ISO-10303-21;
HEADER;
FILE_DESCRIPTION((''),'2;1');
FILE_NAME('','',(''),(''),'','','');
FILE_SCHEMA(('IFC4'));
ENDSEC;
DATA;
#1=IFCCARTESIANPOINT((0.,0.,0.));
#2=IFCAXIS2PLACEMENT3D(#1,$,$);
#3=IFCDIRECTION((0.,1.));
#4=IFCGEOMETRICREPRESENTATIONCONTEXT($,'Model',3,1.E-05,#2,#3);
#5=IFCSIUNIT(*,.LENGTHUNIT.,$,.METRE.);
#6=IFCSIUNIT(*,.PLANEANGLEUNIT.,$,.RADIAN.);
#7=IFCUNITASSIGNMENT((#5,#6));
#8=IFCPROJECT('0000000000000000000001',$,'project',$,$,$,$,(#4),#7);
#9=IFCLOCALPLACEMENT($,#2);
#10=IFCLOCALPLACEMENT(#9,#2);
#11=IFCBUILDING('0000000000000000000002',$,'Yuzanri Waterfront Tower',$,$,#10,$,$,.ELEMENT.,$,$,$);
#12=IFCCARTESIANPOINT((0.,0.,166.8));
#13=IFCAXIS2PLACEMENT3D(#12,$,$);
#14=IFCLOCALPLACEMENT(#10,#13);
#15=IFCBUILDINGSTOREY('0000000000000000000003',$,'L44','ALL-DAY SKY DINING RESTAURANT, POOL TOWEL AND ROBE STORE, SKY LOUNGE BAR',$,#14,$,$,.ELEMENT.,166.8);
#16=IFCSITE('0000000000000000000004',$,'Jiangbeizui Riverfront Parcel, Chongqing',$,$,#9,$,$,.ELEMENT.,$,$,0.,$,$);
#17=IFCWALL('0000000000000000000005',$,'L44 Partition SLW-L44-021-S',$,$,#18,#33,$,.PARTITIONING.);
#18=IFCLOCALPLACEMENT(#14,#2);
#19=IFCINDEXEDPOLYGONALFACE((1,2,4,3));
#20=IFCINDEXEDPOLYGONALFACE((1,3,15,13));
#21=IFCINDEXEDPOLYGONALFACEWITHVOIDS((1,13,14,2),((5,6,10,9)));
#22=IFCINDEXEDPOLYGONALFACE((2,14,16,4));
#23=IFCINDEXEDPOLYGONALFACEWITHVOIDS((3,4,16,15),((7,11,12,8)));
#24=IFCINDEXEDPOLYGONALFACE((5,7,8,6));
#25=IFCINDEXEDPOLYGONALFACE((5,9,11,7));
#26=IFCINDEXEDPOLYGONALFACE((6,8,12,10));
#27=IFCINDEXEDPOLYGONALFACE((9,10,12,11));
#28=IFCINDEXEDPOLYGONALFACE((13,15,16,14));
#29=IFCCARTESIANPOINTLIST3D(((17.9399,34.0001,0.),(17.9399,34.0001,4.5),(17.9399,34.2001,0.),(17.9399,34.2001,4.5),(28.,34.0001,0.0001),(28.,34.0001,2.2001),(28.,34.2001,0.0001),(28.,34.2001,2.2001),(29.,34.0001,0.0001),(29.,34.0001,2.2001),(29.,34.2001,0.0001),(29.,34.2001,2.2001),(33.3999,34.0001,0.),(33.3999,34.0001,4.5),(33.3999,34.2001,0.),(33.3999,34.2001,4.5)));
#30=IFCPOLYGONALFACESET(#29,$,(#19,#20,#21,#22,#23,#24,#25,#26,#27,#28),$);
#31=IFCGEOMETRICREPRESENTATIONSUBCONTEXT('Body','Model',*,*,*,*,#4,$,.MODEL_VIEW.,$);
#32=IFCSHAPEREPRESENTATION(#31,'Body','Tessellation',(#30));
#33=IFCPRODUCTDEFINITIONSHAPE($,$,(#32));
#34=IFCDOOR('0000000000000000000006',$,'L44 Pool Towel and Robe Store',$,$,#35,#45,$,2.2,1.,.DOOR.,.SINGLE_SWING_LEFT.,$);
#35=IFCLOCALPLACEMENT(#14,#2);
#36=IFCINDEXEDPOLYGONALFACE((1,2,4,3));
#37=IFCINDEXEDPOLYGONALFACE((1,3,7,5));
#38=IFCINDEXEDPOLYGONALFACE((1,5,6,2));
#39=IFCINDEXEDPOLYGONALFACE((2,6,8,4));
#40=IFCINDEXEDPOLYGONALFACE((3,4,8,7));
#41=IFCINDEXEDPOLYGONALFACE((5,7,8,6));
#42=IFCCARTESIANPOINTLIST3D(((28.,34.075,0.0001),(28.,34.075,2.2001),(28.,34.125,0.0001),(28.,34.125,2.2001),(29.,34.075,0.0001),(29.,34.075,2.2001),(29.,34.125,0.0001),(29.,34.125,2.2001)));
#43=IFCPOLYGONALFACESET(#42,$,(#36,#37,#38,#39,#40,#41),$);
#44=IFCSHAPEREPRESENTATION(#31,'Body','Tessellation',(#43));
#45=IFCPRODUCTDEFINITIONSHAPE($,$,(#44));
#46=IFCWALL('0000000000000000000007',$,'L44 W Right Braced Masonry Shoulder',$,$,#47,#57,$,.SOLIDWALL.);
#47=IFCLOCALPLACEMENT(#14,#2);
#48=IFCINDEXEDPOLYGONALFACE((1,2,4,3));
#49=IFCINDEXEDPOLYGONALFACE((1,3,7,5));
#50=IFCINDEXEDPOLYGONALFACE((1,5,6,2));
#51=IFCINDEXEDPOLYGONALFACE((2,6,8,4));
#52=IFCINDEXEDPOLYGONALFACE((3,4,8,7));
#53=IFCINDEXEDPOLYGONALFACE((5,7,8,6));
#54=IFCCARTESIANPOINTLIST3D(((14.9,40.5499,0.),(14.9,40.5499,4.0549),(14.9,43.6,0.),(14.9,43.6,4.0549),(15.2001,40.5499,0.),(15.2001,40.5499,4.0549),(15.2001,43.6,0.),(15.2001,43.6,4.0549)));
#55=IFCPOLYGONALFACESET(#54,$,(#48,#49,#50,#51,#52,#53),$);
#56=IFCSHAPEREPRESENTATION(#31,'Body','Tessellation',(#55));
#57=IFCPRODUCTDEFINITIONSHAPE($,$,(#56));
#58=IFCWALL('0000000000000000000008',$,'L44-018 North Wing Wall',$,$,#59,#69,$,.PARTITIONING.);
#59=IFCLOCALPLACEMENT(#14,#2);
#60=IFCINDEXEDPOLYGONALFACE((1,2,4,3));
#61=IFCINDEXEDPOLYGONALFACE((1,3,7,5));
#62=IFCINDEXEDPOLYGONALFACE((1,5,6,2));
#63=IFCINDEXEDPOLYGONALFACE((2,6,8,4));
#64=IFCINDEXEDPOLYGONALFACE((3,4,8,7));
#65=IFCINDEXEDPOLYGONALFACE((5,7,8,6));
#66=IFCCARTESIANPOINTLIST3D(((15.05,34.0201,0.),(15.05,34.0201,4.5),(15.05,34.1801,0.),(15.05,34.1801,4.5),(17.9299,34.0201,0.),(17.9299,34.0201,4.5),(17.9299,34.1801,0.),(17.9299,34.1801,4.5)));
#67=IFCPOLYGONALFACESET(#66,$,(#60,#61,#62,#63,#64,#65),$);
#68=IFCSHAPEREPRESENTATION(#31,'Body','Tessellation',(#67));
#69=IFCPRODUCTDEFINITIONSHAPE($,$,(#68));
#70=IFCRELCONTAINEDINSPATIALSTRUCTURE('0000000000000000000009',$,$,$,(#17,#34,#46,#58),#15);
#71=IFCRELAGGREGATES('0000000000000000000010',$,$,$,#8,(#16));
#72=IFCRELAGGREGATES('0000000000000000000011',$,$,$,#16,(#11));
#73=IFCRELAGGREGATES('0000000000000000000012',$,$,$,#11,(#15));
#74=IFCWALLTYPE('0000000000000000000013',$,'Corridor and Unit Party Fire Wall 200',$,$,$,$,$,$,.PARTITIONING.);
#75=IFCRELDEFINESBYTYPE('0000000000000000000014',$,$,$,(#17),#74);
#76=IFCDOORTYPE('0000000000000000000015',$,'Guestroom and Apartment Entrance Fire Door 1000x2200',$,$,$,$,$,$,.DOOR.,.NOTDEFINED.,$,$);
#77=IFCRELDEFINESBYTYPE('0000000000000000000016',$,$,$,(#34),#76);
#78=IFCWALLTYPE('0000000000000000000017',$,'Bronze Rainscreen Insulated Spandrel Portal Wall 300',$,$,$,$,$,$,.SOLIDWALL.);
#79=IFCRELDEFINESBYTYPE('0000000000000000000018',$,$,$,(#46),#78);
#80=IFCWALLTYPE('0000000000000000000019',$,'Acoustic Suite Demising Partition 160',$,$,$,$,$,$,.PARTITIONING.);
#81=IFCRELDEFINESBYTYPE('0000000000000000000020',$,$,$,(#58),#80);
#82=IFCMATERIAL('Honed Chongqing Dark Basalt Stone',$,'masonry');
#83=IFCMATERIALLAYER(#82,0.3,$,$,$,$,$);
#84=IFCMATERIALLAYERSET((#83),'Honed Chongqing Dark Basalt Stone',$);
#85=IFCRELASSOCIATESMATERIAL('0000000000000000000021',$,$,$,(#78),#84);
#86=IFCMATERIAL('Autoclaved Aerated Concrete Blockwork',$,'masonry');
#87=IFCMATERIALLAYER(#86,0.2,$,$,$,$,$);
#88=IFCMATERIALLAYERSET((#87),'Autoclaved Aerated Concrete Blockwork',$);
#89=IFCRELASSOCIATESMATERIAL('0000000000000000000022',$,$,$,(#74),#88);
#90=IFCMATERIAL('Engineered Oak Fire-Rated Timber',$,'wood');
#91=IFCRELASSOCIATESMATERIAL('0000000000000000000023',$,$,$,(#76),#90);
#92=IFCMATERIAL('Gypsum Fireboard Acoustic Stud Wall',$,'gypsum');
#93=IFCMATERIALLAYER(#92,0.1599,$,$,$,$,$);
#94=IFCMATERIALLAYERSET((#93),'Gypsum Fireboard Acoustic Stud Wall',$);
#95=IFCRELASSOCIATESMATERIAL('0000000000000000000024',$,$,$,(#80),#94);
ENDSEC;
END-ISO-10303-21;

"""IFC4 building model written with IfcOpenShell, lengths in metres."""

from ifc_helpers import new_model, si_unit, direction, frame, frame_2d, origin, place, context, subcontext, project, spatial, rectangle, extrude, source, transform, mapped, material, layer, layer_set, type_object, element, fill, save


model = new_model("IFC4")

# Units and contexts
model_context = context("Model", 3, precision=1e-05, world=origin(), true_north=direction((0.0, 1.0)))
body_context = subcontext(model_context, "Body", "Model", "MODEL_VIEW")
ifc_project = project(units=[si_unit("LENGTHUNIT", "METRE"), si_unit("PLANEANGLEUNIT", "RADIAN")], contexts=[model_context])

# Site, building, storey
site_placement = place(None, origin())
site = spatial("IfcSite", under=ifc_project, at=site_placement, Name="Jiangbeizui Riverfront Parcel, Chongqing", CompositionType="ELEMENT", RefElevation=0.0)
building_placement = place(site_placement, origin())
building = spatial("IfcBuilding", under=site, at=building_placement, Name="Yuzanri Waterfront Tower", CompositionType="ELEMENT")
storey_placement = place(building_placement, frame((0.0, 0.0, 166.8)))
storey = spatial("IfcBuildingStorey", under=building, at=storey_placement, Name="L44", Description="ALL-DAY SKY DINING RESTAURANT, POOL TOWEL AND ROBE STORE, SKY LOUNGE BAR", CompositionType="ELEMENT", Elevation=166.8)

# Shared definitions
ifc_material_1 = material(Name="Honed Chongqing Dark Basalt Stone", Category="masonry")
ifc_layer_1 = layer(ifc_material_1, 0.3)
ifc_layer_set_1 = layer_set([ifc_layer_1], Name="Honed Chongqing Dark Basalt Stone")
wall_type_1 = type_object("IfcWallType", Name="Bronze Rainscreen Insulated Spandrel Portal Wall 300", PredefinedType="SOLIDWALL", material=ifc_layer_set_1)

# Wall, opening, door
ifc_material_2 = material(Name="Autoclaved Aerated Concrete Blockwork", Category="masonry")
ifc_layer_2 = layer(ifc_material_2, 0.2)
ifc_layer_set_2 = layer_set([ifc_layer_2], Name="Autoclaved Aerated Concrete Blockwork")
wall_type_2 = type_object("IfcWallType", Name="Corridor and Unit Party Fire Wall 200", PredefinedType="PARTITIONING", material=ifc_layer_set_2)
wall_1_placement = place(storey_placement, frame((17.9399, 34.1001, 0.0), z_axis=(0.0, 0.0, 1.0), x_axis=(1.0, 0.0, 0.0)))
wall_1 = element("IfcWall", 1, at=wall_1_placement, inside=storey, type_object=wall_type_2, Name="L44 Partition SLW-L44-021-S", PredefinedType="PARTITIONING", context=body_context, shape_type="SweptSolid", body=[
    extrude(rectangle(XDim=15.46, YDim=0.2, at=frame_2d((7.73, 0.0))), origin(), (0.0, 0.0, 1.0), 4.5),
])
opening_1_placement = place(wall_1_placement, frame((10.0601, 0.0, 0.0)))
opening_1 = element("IfcOpeningElement", 2, at=opening_1_placement, cuts=wall_1, PredefinedType="OPENING", context=body_context, shape_type="SweptSolid", body=[
    extrude(rectangle(XDim=1.0, YDim=2.2, at=frame_2d((0.5, 1.1001))), frame((0.0, 0.1147, 0.0), z_axis=(0.0, -1.0, 0.0), x_axis=(1.0, 0.0, 0.0)), (0.0, 0.0, 1.0), 0.2297),
])
ifc_material_3 = material(Name="Engineered Oak Fire-Rated Timber", Category="wood")
door_type = type_object("IfcDoorType", Name="Guestroom and Apartment Entrance Fire Door 1000x2200", OperationType="NOTDEFINED", PredefinedType="DOOR", material=ifc_material_3)
shared_shape_1 = source(origin(), body_context, "Body", "SweptSolid", [
    extrude(rectangle(XDim=1.0, YDim=2.2, at=frame_2d((0.5, 1.1001))), frame((0.0, 0.0249, 0.0), z_axis=(0.0, -1.0, 0.0), x_axis=(1.0, 0.0, 0.0)), (0.0, 0.0, 1.0), 0.05),
])
door_placement = place(opening_1_placement, origin())
door = element("IfcDoor", 3, at=door_placement, inside=storey, type_object=door_type, Name="L44 Pool Towel and Robe Store", OperationType="SINGLE_SWING_LEFT", OverallHeight=2.2, OverallWidth=1.0, PredefinedType="DOOR", context=body_context, shape_type="MappedRepresentation", body=[
    mapped(shared_shape_1, transform((0.0, 0.0, 0.0), scale=1.0)),
])
fill(opening_1, door)

# Walls
shared_shape_2 = source(origin(), body_context, "Body", "SweptSolid", [
    extrude(rectangle(XDim=3.05, YDim=0.3, at=frame_2d((1.5249, 0.0))), origin(), (0.0, 0.0, 1.0), 4.0549),
])
wall_2_placement = place(storey_placement, frame((15.05, 40.55, 0.0), z_axis=(0.0, 0.0, 1.0), x_axis=(0.0, 1.0, 0.0)))
element("IfcWall", 4, at=wall_2_placement, inside=storey, type_object=wall_type_1, Name="L44 W Right Braced Masonry Shoulder", PredefinedType="SOLIDWALL", context=body_context, shape_type="MappedRepresentation", body=[
    mapped(shared_shape_2, transform((0.0, 0.0, 0.0), scale=1.0)),
])
ifc_material_4 = material(Name="Gypsum Fireboard Acoustic Stud Wall", Category="gypsum")
ifc_layer_3 = layer(ifc_material_4, 0.1599)
ifc_layer_set_3 = layer_set([ifc_layer_3], Name="Gypsum Fireboard Acoustic Stud Wall")
wall_type_3 = type_object("IfcWallType", Name="Acoustic Suite Demising Partition 160", PredefinedType="PARTITIONING", material=ifc_layer_set_3)
shared_shape_3 = source(origin(), body_context, "Body", "SweptSolid", [
    extrude(rectangle(XDim=2.8799, YDim=0.1599, at=frame_2d((1.4399, 0.0))), origin(), (0.0, 0.0, 1.0), 4.5),
])
wall_3_placement = place(storey_placement, frame((15.05, 34.1001, 0.0), z_axis=(0.0, 0.0, 1.0), x_axis=(1.0, 0.0, 0.0)))
element("IfcWall", 5, at=wall_3_placement, inside=storey, type_object=wall_type_3, Name="L44-018 North Wing Wall", PredefinedType="PARTITIONING", context=body_context, shape_type="MappedRepresentation", body=[
    mapped(shared_shape_3, transform((0.0, 0.0, 0.0), scale=1.0)),
])

save(model, "model.ifc")
